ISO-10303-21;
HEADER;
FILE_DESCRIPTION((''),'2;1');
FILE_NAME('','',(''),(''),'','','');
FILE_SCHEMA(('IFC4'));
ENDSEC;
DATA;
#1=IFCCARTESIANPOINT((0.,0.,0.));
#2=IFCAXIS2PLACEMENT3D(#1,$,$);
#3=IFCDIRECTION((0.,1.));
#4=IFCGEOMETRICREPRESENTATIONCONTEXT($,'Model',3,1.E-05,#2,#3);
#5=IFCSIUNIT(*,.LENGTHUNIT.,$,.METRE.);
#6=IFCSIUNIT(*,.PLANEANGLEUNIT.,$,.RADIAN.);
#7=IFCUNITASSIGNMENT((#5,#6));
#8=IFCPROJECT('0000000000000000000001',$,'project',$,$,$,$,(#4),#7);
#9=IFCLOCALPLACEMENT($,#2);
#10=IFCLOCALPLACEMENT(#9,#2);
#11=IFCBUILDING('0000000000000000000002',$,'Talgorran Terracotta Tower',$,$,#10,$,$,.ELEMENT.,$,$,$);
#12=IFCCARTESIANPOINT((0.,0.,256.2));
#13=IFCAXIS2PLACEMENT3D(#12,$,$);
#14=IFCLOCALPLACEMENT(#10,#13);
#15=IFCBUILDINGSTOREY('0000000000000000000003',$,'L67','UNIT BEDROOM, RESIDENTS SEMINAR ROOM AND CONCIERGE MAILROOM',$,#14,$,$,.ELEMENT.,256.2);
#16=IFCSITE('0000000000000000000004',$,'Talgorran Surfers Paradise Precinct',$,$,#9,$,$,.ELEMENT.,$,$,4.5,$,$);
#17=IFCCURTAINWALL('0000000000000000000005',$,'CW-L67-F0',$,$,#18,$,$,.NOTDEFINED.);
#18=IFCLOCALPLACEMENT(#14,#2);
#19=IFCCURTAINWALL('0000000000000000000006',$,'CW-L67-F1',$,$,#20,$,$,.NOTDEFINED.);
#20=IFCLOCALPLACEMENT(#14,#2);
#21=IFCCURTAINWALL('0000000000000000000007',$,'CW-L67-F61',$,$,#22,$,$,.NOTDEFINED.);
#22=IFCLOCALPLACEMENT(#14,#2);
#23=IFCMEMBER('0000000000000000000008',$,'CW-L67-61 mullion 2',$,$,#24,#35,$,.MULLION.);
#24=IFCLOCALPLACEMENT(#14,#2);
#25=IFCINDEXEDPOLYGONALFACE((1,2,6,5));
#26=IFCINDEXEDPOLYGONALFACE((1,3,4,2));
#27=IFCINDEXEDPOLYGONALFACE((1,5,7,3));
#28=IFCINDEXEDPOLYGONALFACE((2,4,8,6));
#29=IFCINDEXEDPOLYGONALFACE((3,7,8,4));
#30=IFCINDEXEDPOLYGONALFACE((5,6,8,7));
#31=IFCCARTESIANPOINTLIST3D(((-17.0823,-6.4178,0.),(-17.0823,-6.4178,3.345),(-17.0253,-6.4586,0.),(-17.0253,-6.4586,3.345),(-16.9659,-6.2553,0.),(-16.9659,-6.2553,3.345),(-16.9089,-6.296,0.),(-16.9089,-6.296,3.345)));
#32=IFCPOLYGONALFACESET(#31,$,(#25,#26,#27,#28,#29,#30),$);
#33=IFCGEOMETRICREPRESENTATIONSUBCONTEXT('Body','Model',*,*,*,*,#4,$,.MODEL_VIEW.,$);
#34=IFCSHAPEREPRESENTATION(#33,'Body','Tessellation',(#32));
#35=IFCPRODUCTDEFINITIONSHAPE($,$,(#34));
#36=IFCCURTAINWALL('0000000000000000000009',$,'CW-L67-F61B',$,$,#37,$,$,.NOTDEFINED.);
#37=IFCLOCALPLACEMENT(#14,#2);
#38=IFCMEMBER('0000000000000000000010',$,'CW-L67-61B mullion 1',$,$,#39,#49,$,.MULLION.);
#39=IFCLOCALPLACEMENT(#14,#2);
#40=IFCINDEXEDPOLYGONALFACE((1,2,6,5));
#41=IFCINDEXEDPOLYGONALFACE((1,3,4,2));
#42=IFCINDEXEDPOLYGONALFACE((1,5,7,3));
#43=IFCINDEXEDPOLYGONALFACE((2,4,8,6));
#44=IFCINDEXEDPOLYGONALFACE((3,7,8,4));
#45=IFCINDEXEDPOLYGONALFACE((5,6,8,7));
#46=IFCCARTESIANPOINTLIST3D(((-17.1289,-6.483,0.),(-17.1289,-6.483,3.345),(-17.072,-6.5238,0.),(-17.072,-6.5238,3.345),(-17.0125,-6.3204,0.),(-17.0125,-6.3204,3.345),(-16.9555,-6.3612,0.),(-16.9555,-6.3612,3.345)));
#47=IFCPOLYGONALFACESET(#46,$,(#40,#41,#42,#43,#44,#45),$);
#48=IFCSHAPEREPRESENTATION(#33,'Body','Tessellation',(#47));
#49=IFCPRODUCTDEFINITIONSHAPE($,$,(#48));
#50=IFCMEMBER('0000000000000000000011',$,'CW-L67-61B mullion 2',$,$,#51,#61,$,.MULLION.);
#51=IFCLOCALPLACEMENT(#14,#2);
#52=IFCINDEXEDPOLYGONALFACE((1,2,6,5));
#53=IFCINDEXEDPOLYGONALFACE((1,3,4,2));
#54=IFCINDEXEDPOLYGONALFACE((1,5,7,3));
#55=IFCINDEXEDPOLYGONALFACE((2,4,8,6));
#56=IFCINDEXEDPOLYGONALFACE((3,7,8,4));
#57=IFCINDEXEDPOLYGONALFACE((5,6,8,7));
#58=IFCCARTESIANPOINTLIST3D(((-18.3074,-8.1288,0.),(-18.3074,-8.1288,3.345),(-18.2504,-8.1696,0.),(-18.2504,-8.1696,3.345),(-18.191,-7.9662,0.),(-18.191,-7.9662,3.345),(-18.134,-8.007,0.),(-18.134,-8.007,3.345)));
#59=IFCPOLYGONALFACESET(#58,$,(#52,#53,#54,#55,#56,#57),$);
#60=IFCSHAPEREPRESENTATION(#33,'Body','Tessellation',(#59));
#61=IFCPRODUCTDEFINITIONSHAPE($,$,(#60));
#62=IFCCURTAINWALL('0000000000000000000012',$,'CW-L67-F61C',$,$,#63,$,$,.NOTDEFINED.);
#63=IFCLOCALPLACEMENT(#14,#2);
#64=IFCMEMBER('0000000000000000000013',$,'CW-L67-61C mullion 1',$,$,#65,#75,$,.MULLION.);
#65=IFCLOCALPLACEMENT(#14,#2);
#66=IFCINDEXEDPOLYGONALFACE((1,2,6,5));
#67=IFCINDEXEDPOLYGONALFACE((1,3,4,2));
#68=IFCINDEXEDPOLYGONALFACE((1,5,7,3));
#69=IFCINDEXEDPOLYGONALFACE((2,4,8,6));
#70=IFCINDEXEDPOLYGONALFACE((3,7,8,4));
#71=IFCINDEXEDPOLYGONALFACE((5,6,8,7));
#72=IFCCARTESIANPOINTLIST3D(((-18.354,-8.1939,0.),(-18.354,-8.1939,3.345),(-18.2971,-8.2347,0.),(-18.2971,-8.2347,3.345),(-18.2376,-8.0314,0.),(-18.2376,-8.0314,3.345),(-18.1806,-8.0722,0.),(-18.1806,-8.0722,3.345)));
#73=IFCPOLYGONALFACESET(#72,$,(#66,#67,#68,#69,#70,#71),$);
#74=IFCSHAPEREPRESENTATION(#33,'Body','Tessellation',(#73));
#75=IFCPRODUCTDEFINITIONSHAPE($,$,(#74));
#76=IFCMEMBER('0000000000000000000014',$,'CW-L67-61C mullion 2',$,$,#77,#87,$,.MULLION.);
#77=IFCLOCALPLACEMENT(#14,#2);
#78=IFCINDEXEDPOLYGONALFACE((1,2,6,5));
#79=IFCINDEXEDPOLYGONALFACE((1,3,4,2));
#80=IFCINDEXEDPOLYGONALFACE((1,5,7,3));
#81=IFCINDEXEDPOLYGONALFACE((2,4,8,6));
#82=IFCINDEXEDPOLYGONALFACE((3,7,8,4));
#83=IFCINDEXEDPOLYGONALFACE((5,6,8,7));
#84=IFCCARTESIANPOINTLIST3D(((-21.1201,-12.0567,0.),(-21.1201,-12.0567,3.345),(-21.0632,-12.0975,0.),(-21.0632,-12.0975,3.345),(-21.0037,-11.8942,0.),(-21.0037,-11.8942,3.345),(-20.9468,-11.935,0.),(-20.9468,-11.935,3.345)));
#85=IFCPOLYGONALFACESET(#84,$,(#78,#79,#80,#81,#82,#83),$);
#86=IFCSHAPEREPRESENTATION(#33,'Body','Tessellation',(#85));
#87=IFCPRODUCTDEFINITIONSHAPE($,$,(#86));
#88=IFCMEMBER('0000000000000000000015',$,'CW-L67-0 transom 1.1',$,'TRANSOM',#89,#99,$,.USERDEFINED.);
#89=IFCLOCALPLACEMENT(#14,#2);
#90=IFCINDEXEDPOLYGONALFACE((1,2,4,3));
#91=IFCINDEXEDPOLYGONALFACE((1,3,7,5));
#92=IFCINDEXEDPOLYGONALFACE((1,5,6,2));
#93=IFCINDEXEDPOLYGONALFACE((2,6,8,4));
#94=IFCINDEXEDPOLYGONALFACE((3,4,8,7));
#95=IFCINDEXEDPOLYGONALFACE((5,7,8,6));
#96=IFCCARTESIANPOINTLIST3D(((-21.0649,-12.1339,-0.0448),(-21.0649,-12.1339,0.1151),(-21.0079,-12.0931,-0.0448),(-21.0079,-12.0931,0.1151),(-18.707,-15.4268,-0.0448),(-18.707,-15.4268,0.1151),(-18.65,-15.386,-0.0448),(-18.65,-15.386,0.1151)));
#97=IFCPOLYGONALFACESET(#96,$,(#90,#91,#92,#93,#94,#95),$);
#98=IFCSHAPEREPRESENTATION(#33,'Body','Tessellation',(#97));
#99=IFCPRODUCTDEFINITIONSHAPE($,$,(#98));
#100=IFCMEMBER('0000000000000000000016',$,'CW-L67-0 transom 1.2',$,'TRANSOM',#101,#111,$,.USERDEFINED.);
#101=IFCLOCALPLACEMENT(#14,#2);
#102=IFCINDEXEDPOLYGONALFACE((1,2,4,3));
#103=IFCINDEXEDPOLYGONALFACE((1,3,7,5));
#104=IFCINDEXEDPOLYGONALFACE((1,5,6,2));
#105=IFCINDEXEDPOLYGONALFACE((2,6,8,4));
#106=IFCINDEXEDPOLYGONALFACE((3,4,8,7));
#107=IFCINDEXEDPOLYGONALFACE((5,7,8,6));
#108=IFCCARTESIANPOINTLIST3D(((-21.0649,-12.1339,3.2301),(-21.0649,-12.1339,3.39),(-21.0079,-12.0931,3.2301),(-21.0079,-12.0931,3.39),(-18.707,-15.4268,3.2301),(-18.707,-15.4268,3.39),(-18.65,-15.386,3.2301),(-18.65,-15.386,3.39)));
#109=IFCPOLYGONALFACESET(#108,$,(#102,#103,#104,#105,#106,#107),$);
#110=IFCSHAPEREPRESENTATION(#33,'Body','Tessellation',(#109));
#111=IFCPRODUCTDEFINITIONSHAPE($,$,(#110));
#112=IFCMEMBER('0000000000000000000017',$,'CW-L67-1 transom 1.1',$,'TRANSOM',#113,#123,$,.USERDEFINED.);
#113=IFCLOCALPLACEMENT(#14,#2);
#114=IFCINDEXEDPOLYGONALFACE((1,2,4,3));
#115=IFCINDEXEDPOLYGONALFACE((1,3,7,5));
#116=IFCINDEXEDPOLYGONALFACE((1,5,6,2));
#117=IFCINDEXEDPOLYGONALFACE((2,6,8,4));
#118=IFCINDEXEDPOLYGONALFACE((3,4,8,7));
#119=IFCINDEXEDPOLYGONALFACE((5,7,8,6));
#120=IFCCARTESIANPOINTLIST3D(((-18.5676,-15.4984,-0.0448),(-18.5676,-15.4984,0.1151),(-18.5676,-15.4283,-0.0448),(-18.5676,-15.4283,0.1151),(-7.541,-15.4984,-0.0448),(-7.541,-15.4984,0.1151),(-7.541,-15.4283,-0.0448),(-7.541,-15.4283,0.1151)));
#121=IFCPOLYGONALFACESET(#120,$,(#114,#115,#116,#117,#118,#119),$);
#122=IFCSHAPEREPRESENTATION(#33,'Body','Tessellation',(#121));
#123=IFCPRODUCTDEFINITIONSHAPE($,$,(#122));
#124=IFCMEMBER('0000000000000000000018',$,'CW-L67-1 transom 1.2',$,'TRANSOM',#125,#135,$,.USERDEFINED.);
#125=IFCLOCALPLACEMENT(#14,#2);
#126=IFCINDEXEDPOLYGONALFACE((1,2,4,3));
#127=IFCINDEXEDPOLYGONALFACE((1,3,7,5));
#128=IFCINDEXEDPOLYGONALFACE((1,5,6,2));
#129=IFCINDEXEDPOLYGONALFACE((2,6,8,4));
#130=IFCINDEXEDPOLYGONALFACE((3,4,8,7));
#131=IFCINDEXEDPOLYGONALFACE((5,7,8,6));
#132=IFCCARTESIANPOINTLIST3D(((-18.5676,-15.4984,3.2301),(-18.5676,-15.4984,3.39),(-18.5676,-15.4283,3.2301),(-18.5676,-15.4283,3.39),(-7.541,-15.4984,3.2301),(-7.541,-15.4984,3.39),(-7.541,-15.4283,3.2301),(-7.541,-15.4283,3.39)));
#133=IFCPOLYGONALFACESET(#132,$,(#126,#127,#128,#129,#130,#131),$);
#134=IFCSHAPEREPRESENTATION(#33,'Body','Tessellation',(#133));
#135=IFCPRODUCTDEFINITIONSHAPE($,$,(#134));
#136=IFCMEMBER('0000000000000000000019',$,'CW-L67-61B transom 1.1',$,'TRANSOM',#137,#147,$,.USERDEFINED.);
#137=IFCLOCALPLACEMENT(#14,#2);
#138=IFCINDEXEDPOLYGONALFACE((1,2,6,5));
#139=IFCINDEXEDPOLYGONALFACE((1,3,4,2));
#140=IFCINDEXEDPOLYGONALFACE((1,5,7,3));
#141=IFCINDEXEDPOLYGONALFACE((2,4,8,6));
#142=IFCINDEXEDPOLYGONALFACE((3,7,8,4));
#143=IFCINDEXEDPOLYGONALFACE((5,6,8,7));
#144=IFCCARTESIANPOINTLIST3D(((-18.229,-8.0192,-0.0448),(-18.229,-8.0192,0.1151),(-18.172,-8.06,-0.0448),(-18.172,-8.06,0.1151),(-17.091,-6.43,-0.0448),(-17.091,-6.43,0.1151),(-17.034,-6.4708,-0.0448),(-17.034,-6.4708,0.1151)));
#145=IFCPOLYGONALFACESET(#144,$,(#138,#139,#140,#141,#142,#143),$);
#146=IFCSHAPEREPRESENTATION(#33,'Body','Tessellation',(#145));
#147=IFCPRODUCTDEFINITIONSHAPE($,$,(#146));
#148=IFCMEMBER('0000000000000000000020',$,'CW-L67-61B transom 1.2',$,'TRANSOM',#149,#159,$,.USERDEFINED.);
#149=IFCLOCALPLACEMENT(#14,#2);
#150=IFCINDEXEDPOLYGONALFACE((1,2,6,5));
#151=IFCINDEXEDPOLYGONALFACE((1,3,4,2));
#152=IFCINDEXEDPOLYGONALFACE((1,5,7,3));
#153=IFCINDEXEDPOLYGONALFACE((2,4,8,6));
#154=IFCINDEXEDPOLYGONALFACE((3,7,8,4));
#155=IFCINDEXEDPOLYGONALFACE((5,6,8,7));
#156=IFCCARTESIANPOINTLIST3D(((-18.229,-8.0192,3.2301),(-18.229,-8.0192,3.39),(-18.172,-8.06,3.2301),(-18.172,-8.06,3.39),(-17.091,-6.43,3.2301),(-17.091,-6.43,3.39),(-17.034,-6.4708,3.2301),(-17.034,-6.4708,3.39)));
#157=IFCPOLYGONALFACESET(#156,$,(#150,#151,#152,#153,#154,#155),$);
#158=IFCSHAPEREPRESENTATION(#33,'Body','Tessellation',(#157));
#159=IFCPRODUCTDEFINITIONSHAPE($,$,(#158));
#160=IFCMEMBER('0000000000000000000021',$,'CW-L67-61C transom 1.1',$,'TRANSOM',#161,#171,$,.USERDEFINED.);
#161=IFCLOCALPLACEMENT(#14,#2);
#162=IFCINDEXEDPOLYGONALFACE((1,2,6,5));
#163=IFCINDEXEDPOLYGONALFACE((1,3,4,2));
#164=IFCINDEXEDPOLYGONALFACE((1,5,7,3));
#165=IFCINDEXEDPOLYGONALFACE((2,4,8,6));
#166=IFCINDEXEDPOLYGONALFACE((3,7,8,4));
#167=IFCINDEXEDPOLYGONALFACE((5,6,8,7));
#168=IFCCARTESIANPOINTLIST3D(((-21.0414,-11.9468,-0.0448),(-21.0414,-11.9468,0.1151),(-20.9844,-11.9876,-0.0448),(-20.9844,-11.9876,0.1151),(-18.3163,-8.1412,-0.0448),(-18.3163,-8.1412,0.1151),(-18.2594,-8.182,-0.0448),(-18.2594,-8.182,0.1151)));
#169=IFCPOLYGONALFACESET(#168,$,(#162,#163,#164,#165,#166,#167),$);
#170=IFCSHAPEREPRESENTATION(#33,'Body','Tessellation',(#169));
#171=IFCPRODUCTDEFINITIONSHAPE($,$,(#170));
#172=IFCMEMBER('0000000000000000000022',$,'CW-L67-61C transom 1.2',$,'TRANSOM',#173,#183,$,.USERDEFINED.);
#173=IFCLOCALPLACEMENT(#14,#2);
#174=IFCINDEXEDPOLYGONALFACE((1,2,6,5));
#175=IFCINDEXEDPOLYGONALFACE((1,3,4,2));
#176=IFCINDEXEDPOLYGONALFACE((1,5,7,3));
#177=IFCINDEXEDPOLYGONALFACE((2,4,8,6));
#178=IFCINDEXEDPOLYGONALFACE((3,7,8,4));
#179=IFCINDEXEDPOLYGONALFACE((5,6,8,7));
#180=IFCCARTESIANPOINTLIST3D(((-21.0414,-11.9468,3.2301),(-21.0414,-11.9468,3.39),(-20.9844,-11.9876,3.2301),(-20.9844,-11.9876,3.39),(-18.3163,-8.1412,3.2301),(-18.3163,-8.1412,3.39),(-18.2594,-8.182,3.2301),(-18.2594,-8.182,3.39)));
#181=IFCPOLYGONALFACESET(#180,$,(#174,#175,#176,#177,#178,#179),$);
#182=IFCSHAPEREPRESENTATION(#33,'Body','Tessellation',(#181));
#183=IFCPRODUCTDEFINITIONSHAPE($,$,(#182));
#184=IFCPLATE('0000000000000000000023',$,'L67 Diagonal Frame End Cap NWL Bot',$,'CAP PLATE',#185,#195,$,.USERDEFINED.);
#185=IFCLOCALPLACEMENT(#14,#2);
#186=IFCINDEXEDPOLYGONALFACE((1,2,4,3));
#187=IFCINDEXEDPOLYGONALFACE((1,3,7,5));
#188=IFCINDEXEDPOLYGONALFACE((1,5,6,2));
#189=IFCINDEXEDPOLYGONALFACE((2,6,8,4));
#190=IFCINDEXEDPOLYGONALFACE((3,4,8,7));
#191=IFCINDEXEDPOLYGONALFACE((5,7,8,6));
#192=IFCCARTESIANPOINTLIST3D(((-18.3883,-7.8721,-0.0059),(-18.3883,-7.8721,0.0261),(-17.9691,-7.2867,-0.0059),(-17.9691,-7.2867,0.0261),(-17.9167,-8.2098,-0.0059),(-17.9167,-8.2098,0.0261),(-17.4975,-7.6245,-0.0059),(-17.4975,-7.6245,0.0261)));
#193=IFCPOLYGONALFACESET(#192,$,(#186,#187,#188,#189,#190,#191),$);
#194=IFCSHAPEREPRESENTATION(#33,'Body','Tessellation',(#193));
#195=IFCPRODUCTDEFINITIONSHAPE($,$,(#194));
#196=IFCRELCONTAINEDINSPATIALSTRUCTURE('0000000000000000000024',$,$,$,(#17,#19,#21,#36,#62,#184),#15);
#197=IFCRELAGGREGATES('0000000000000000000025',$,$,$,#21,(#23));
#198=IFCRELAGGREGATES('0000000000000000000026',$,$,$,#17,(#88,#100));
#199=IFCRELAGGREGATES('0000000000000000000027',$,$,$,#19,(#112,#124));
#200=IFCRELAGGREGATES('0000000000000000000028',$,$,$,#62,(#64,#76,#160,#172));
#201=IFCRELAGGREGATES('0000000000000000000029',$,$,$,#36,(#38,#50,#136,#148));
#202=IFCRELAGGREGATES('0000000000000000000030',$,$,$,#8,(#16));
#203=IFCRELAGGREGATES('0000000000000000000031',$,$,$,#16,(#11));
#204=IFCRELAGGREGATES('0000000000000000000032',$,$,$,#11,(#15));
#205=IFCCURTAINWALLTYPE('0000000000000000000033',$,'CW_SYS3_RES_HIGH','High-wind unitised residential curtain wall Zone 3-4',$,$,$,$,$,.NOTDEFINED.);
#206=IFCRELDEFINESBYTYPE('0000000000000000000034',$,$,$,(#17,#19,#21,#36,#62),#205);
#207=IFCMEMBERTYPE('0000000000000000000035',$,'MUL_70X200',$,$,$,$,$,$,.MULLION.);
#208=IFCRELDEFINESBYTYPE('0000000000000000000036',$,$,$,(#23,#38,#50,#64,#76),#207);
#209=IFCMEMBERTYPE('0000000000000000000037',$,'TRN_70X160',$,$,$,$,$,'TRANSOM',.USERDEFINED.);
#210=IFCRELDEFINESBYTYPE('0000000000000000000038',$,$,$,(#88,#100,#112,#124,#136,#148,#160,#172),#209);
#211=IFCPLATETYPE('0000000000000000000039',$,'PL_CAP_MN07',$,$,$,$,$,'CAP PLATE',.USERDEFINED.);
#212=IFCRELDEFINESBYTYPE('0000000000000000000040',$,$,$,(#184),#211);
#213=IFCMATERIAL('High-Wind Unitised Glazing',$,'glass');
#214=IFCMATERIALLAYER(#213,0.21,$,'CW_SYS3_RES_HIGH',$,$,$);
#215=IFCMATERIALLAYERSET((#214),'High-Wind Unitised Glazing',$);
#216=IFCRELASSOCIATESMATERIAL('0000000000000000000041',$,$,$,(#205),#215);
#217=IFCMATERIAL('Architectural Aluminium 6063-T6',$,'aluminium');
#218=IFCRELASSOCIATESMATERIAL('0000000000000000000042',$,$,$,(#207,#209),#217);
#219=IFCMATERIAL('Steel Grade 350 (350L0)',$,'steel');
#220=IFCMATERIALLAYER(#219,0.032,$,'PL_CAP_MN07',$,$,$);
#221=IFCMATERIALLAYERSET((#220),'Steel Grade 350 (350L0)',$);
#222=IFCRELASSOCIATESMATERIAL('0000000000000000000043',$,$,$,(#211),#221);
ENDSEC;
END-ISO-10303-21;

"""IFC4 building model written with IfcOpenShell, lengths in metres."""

from ifc_helpers import new_model, si_unit, direction, frame, origin, origin_2d, place, context, subcontext, project, spatial, rectangle, extrude, material, layer, layer_set, material_profile, profile_set, type_object, element, aggregate, save


model = new_model("IFC4")

# Units and contexts
model_context = context("Model", 3, precision=1e-05, world=origin(), true_north=direction((0.0, 1.0)))
body_context = subcontext(model_context, "Body", "Model", "MODEL_VIEW")
ifc_project = project(units=[si_unit("LENGTHUNIT", "METRE"), si_unit("PLANEANGLEUNIT", "RADIAN")], contexts=[model_context])

# Site, building, storey
site_placement = place(None, origin())
site = spatial("IfcSite", under=ifc_project, at=site_placement, Name="Talgorran Surfers Paradise Precinct", CompositionType="ELEMENT", RefElevation=4.5)
building_placement = place(site_placement, origin())
building = spatial("IfcBuilding", under=site, at=building_placement, Name="Talgorran Terracotta Tower", CompositionType="ELEMENT")
storey_placement = place(building_placement, frame((0.0, 0.0, 256.2)))
storey = spatial("IfcBuildingStorey", under=building, at=storey_placement, Name="L67", Description="UNIT BEDROOM, RESIDENTS SEMINAR ROOM AND CONCIERGE MAILROOM", CompositionType="ELEMENT", Elevation=256.2)

# Shared definitions
ifc_material_1 = material(Name="Steel Grade 350 (350L0)", Category="steel")

# Curtain wall
ifc_material_2 = material(Name="High-Wind Unitised Glazing", Category="glass")
ifc_layer_1 = layer(ifc_material_2, 0.21, Name="CW_SYS3_RES_HIGH")
ifc_layer_set_1 = layer_set([ifc_layer_1], Name="High-Wind Unitised Glazing")
curtain_wall_type = type_object("IfcCurtainWallType", Name="CW_SYS3_RES_HIGH", Description="High-wind unitised residential curtain wall Zone 3-4", PredefinedType="NOTDEFINED", material=ifc_layer_set_1)
curtain_wall_1_placement = place(storey_placement, origin())
curtain_wall_1 = element("IfcCurtainWall", 1, at=curtain_wall_1_placement, inside=storey, type_object=curtain_wall_type, Name="CW-L67-F0", PredefinedType="NOTDEFINED")
ifc_material_3 = material(Name="Architectural Aluminium 6063-T6", Category="aluminium")
ifc_material_profile_1 = material_profile(ifc_material_3, rectangle(XDim=0.0701, YDim=0.2, at=origin_2d()), Name="CWM70X200")
ifc_profile_set_1 = profile_set([ifc_material_profile_1], Name="Architectural Aluminium 6063-T6")
member_type_1 = type_object("IfcMemberType", Name="MUL_70X200", PredefinedType="MULLION", material=ifc_profile_set_1)

# Curtain walls, member
curtain_wall_2_placement = place(storey_placement, origin())
curtain_wall_2 = element("IfcCurtainWall", 2, at=curtain_wall_2_placement, inside=storey, type_object=curtain_wall_type, Name="CW-L67-F1", PredefinedType="NOTDEFINED")
curtain_wall_3_placement = place(storey_placement, origin())
curtain_wall_3 = element("IfcCurtainWall", 3, at=curtain_wall_3_placement, inside=storey, type_object=curtain_wall_type, Name="CW-L67-F61", PredefinedType="NOTDEFINED")
member_1_placement = place(storey_placement, frame((-16.9956, -6.3569, 0.0), z_axis=(0.0, 0.0, 1.0), x_axis=(0.813042, -0.582205, 0.0)))
member_1 = element("IfcMember", 4, at=member_1_placement, type_object=member_type_1, Name="CW-L67-61 mullion 2", PredefinedType="MULLION", context=body_context, shape_type="SweptSolid", body=[
    extrude(rectangle(XDim=0.0701, YDim=0.2, at=origin_2d()), origin(), (0.0, 0.0, 1.0), 3.345),
])
aggregate(curtain_wall_3, [member_1])

# Curtain walls, members
curtain_wall_4_placement = place(storey_placement, origin())
curtain_wall_4 = element("IfcCurtainWall", 5, at=curtain_wall_4_placement, inside=storey, type_object=curtain_wall_type, Name="CW-L67-F61B", PredefinedType="NOTDEFINED")
member_2_placement = place(storey_placement, frame((-17.0422, -6.4221, 0.0), z_axis=(0.0, 0.0, 1.0), x_axis=(0.81303, -0.582222, 0.0)))
member_2 = element("IfcMember", 6, at=member_2_placement, type_object=member_type_1, Name="CW-L67-61B mullion 1", PredefinedType="MULLION", context=body_context, shape_type="SweptSolid", body=[
    extrude(rectangle(XDim=0.0701, YDim=0.2, at=origin_2d()), origin(), (0.0, 0.0, 1.0), 3.345),
])
member_3_placement = place(storey_placement, frame((-18.2207, -8.0679, 0.0), z_axis=(0.0, 0.0, 1.0), x_axis=(0.81303, -0.582222, 0.0)))
member_3 = element("IfcMember", 7, at=member_3_placement, type_object=member_type_1, Name="CW-L67-61B mullion 2", PredefinedType="MULLION", context=body_context, shape_type="SweptSolid", body=[
    extrude(rectangle(XDim=0.0701, YDim=0.2, at=origin_2d()), origin(), (0.0, 0.0, 1.0), 3.345),
])
curtain_wall_5_placement = place(storey_placement, origin())
curtain_wall_5 = element("IfcCurtainWall", 8, at=curtain_wall_5_placement, inside=storey, type_object=curtain_wall_type, Name="CW-L67-F61C", PredefinedType="NOTDEFINED")
member_4_placement = place(storey_placement, frame((-18.2673, -8.1331, 0.0), z_axis=(0.0, 0.0, 1.0), x_axis=(0.813038, -0.582211, 0.0)))
member_4 = element("IfcMember", 9, at=member_4_placement, type_object=member_type_1, Name="CW-L67-61C mullion 1", PredefinedType="MULLION", context=body_context, shape_type="SweptSolid", body=[
    extrude(rectangle(XDim=0.0701, YDim=0.2, at=origin_2d()), origin(), (0.0, 0.0, 1.0), 3.345),
])
member_5_placement = place(storey_placement, frame((-21.0334, -11.9958, 0.0), z_axis=(0.0, 0.0, 1.0), x_axis=(0.813038, -0.582211, 0.0)))
member_5 = element("IfcMember", 10, at=member_5_placement, type_object=member_type_1, Name="CW-L67-61C mullion 2", PredefinedType="MULLION", context=body_context, shape_type="SweptSolid", body=[
    extrude(rectangle(XDim=0.0701, YDim=0.2, at=origin_2d()), origin(), (0.0, 0.0, 1.0), 3.345),
])

# Members
ifc_material_profile_2 = material_profile(ifc_material_3, rectangle(XDim=0.0701, YDim=0.1599, at=origin_2d()), Name="CWT70X160")
ifc_profile_set_2 = profile_set([ifc_material_profile_2], Name="Architectural Aluminium 6063-T6")
member_type_2 = type_object("IfcMemberType", Name="TRN_70X160", ElementType="TRANSOM", PredefinedType="USERDEFINED", material=ifc_profile_set_2)
member_6_placement = place(storey_placement, frame((-21.0364, -12.1135, 0.0352), z_axis=(0.582184, -0.813057, 0.0), x_axis=(0.813057, 0.582184, 0.0)))
member_6 = element("IfcMember", 11, at=member_6_placement, type_object=member_type_2, Name="CW-L67-0 transom 1.1", ObjectType="TRANSOM", PredefinedType="USERDEFINED", context=body_context, shape_type="SweptSolid", body=[
    extrude(rectangle(XDim=0.0701, YDim=0.1599, at=origin_2d()), origin(), (0.0, 0.0, 1.0), 4.05),
])
member_7_placement = place(storey_placement, frame((-21.0364, -12.1135, 3.3101), z_axis=(0.582184, -0.813057, 0.0), x_axis=(0.813057, 0.582184, 0.0)))
member_7 = element("IfcMember", 12, at=member_7_placement, type_object=member_type_2, Name="CW-L67-0 transom 1.2", ObjectType="TRANSOM", PredefinedType="USERDEFINED", context=body_context, shape_type="SweptSolid", body=[
    extrude(rectangle(XDim=0.0701, YDim=0.1599, at=origin_2d()), origin(), (0.0, 0.0, 1.0), 4.05),
])
member_8_placement = place(storey_placement, frame((-18.5676, -15.4634, 0.0352), z_axis=(1.0, 0.0, 0.0), x_axis=(0.0, 1.0, 0.0)))
member_8 = element("IfcMember", 13, at=member_8_placement, type_object=member_type_2, Name="CW-L67-1 transom 1.1", ObjectType="TRANSOM", PredefinedType="USERDEFINED", context=body_context, shape_type="SweptSolid", body=[
    extrude(rectangle(XDim=0.0701, YDim=0.1599, at=origin_2d()), origin(), (0.0, 0.0, 1.0), 11.0266),
])
member_9_placement = place(storey_placement, frame((-18.5676, -15.4634, 3.3101), z_axis=(1.0, 0.0, 0.0), x_axis=(0.0, 1.0, 0.0)))
member_9 = element("IfcMember", 14, at=member_9_placement, type_object=member_type_2, Name="CW-L67-1 transom 1.2", ObjectType="TRANSOM", PredefinedType="USERDEFINED", context=body_context, shape_type="SweptSolid", body=[
    extrude(rectangle(XDim=0.0701, YDim=0.1599, at=origin_2d()), origin(), (0.0, 0.0, 1.0), 11.0266),
])
member_10_placement = place(storey_placement, frame((-17.0625, -6.4504, 0.0352), z_axis=(-0.582207, -0.813041, 0.0), x_axis=(0.813041, -0.582207, 0.0)))
member_10 = element("IfcMember", 15, at=member_10_placement, type_object=member_type_2, Name="CW-L67-61B transom 1.1", ObjectType="TRANSOM", PredefinedType="USERDEFINED", context=body_context, shape_type="SweptSolid", body=[
    extrude(rectangle(XDim=0.0701, YDim=0.1599, at=origin_2d()), origin(), (0.0, 0.0, 1.0), 1.9546),
])
member_11_placement = place(storey_placement, frame((-17.0625, -6.4504, 3.3101), z_axis=(-0.582207, -0.813041, 0.0), x_axis=(0.813041, -0.582207, 0.0)))
member_11 = element("IfcMember", 16, at=member_11_placement, type_object=member_type_2, Name="CW-L67-61B transom 1.2", ObjectType="TRANSOM", PredefinedType="USERDEFINED", context=body_context, shape_type="SweptSolid", body=[
    extrude(rectangle(XDim=0.0701, YDim=0.1599, at=origin_2d()), origin(), (0.0, 0.0, 1.0), 1.9546),
])
member_12_placement = place(storey_placement, frame((-18.2878, -8.1616, 0.0352), z_axis=(-0.582195, -0.813049, 0.0), x_axis=(0.813049, -0.582195, 0.0)))
member_12 = element("IfcMember", 17, at=member_12_placement, type_object=member_type_2, Name="CW-L67-61C transom 1.1", ObjectType="TRANSOM", PredefinedType="USERDEFINED", context=body_context, shape_type="SweptSolid", body=[
    extrude(rectangle(XDim=0.0701, YDim=0.1599, at=origin_2d()), origin(), (0.0, 0.0, 1.0), 4.6807),
])
member_13_placement = place(storey_placement, frame((-18.2878, -8.1616, 3.3101), z_axis=(-0.582195, -0.813049, 0.0), x_axis=(0.813049, -0.582195, 0.0)))
member_13 = element("IfcMember", 18, at=member_13_placement, type_object=member_type_2, Name="CW-L67-61C transom 1.2", ObjectType="TRANSOM", PredefinedType="USERDEFINED", context=body_context, shape_type="SweptSolid", body=[
    extrude(rectangle(XDim=0.0701, YDim=0.1599, at=origin_2d()), origin(), (0.0, 0.0, 1.0), 4.6807),
])

# Plate
ifc_layer_2 = layer(ifc_material_1, 0.032, Name="PL_CAP_MN07")
ifc_layer_set_2 = layer_set([ifc_layer_2], Name="Steel Grade 350 (350L0)")
plate_type_1 = type_object("IfcPlateType", Name="PL_CAP_MN07", ElementType="CAP PLATE", PredefinedType="USERDEFINED", material=ifc_layer_set_2)
for number, where, z_axis, x_axis, name in (
    (19, (-17.9429, -7.7483, -0.0059), (0.0, 0.0, 1.0), (0.582265, 0.812999, 0.0), "L67 Diagonal Frame End Cap NWL Bot"),
):
    element("IfcPlate", number, at=place(storey_placement, frame(where, z_axis=z_axis, x_axis=x_axis)), inside=storey, type_object=plate_type_1, Name=name, ObjectType="CAP PLATE", PredefinedType="USERDEFINED", context=body_context, shape_type="SweptSolid", body=[
        extrude(rectangle(XDim=0.72, YDim=0.5801, at=origin_2d()), origin(), (0.0, 0.0, 1.0), 0.032),
    ])

aggregate(curtain_wall_1, [member_6, member_7])
aggregate(curtain_wall_2, [member_8, member_9])
aggregate(curtain_wall_5, [member_4, member_5, member_12, member_13])
aggregate(curtain_wall_4, [member_2, member_3, member_10, member_11])

save(model, "model.ifc")
